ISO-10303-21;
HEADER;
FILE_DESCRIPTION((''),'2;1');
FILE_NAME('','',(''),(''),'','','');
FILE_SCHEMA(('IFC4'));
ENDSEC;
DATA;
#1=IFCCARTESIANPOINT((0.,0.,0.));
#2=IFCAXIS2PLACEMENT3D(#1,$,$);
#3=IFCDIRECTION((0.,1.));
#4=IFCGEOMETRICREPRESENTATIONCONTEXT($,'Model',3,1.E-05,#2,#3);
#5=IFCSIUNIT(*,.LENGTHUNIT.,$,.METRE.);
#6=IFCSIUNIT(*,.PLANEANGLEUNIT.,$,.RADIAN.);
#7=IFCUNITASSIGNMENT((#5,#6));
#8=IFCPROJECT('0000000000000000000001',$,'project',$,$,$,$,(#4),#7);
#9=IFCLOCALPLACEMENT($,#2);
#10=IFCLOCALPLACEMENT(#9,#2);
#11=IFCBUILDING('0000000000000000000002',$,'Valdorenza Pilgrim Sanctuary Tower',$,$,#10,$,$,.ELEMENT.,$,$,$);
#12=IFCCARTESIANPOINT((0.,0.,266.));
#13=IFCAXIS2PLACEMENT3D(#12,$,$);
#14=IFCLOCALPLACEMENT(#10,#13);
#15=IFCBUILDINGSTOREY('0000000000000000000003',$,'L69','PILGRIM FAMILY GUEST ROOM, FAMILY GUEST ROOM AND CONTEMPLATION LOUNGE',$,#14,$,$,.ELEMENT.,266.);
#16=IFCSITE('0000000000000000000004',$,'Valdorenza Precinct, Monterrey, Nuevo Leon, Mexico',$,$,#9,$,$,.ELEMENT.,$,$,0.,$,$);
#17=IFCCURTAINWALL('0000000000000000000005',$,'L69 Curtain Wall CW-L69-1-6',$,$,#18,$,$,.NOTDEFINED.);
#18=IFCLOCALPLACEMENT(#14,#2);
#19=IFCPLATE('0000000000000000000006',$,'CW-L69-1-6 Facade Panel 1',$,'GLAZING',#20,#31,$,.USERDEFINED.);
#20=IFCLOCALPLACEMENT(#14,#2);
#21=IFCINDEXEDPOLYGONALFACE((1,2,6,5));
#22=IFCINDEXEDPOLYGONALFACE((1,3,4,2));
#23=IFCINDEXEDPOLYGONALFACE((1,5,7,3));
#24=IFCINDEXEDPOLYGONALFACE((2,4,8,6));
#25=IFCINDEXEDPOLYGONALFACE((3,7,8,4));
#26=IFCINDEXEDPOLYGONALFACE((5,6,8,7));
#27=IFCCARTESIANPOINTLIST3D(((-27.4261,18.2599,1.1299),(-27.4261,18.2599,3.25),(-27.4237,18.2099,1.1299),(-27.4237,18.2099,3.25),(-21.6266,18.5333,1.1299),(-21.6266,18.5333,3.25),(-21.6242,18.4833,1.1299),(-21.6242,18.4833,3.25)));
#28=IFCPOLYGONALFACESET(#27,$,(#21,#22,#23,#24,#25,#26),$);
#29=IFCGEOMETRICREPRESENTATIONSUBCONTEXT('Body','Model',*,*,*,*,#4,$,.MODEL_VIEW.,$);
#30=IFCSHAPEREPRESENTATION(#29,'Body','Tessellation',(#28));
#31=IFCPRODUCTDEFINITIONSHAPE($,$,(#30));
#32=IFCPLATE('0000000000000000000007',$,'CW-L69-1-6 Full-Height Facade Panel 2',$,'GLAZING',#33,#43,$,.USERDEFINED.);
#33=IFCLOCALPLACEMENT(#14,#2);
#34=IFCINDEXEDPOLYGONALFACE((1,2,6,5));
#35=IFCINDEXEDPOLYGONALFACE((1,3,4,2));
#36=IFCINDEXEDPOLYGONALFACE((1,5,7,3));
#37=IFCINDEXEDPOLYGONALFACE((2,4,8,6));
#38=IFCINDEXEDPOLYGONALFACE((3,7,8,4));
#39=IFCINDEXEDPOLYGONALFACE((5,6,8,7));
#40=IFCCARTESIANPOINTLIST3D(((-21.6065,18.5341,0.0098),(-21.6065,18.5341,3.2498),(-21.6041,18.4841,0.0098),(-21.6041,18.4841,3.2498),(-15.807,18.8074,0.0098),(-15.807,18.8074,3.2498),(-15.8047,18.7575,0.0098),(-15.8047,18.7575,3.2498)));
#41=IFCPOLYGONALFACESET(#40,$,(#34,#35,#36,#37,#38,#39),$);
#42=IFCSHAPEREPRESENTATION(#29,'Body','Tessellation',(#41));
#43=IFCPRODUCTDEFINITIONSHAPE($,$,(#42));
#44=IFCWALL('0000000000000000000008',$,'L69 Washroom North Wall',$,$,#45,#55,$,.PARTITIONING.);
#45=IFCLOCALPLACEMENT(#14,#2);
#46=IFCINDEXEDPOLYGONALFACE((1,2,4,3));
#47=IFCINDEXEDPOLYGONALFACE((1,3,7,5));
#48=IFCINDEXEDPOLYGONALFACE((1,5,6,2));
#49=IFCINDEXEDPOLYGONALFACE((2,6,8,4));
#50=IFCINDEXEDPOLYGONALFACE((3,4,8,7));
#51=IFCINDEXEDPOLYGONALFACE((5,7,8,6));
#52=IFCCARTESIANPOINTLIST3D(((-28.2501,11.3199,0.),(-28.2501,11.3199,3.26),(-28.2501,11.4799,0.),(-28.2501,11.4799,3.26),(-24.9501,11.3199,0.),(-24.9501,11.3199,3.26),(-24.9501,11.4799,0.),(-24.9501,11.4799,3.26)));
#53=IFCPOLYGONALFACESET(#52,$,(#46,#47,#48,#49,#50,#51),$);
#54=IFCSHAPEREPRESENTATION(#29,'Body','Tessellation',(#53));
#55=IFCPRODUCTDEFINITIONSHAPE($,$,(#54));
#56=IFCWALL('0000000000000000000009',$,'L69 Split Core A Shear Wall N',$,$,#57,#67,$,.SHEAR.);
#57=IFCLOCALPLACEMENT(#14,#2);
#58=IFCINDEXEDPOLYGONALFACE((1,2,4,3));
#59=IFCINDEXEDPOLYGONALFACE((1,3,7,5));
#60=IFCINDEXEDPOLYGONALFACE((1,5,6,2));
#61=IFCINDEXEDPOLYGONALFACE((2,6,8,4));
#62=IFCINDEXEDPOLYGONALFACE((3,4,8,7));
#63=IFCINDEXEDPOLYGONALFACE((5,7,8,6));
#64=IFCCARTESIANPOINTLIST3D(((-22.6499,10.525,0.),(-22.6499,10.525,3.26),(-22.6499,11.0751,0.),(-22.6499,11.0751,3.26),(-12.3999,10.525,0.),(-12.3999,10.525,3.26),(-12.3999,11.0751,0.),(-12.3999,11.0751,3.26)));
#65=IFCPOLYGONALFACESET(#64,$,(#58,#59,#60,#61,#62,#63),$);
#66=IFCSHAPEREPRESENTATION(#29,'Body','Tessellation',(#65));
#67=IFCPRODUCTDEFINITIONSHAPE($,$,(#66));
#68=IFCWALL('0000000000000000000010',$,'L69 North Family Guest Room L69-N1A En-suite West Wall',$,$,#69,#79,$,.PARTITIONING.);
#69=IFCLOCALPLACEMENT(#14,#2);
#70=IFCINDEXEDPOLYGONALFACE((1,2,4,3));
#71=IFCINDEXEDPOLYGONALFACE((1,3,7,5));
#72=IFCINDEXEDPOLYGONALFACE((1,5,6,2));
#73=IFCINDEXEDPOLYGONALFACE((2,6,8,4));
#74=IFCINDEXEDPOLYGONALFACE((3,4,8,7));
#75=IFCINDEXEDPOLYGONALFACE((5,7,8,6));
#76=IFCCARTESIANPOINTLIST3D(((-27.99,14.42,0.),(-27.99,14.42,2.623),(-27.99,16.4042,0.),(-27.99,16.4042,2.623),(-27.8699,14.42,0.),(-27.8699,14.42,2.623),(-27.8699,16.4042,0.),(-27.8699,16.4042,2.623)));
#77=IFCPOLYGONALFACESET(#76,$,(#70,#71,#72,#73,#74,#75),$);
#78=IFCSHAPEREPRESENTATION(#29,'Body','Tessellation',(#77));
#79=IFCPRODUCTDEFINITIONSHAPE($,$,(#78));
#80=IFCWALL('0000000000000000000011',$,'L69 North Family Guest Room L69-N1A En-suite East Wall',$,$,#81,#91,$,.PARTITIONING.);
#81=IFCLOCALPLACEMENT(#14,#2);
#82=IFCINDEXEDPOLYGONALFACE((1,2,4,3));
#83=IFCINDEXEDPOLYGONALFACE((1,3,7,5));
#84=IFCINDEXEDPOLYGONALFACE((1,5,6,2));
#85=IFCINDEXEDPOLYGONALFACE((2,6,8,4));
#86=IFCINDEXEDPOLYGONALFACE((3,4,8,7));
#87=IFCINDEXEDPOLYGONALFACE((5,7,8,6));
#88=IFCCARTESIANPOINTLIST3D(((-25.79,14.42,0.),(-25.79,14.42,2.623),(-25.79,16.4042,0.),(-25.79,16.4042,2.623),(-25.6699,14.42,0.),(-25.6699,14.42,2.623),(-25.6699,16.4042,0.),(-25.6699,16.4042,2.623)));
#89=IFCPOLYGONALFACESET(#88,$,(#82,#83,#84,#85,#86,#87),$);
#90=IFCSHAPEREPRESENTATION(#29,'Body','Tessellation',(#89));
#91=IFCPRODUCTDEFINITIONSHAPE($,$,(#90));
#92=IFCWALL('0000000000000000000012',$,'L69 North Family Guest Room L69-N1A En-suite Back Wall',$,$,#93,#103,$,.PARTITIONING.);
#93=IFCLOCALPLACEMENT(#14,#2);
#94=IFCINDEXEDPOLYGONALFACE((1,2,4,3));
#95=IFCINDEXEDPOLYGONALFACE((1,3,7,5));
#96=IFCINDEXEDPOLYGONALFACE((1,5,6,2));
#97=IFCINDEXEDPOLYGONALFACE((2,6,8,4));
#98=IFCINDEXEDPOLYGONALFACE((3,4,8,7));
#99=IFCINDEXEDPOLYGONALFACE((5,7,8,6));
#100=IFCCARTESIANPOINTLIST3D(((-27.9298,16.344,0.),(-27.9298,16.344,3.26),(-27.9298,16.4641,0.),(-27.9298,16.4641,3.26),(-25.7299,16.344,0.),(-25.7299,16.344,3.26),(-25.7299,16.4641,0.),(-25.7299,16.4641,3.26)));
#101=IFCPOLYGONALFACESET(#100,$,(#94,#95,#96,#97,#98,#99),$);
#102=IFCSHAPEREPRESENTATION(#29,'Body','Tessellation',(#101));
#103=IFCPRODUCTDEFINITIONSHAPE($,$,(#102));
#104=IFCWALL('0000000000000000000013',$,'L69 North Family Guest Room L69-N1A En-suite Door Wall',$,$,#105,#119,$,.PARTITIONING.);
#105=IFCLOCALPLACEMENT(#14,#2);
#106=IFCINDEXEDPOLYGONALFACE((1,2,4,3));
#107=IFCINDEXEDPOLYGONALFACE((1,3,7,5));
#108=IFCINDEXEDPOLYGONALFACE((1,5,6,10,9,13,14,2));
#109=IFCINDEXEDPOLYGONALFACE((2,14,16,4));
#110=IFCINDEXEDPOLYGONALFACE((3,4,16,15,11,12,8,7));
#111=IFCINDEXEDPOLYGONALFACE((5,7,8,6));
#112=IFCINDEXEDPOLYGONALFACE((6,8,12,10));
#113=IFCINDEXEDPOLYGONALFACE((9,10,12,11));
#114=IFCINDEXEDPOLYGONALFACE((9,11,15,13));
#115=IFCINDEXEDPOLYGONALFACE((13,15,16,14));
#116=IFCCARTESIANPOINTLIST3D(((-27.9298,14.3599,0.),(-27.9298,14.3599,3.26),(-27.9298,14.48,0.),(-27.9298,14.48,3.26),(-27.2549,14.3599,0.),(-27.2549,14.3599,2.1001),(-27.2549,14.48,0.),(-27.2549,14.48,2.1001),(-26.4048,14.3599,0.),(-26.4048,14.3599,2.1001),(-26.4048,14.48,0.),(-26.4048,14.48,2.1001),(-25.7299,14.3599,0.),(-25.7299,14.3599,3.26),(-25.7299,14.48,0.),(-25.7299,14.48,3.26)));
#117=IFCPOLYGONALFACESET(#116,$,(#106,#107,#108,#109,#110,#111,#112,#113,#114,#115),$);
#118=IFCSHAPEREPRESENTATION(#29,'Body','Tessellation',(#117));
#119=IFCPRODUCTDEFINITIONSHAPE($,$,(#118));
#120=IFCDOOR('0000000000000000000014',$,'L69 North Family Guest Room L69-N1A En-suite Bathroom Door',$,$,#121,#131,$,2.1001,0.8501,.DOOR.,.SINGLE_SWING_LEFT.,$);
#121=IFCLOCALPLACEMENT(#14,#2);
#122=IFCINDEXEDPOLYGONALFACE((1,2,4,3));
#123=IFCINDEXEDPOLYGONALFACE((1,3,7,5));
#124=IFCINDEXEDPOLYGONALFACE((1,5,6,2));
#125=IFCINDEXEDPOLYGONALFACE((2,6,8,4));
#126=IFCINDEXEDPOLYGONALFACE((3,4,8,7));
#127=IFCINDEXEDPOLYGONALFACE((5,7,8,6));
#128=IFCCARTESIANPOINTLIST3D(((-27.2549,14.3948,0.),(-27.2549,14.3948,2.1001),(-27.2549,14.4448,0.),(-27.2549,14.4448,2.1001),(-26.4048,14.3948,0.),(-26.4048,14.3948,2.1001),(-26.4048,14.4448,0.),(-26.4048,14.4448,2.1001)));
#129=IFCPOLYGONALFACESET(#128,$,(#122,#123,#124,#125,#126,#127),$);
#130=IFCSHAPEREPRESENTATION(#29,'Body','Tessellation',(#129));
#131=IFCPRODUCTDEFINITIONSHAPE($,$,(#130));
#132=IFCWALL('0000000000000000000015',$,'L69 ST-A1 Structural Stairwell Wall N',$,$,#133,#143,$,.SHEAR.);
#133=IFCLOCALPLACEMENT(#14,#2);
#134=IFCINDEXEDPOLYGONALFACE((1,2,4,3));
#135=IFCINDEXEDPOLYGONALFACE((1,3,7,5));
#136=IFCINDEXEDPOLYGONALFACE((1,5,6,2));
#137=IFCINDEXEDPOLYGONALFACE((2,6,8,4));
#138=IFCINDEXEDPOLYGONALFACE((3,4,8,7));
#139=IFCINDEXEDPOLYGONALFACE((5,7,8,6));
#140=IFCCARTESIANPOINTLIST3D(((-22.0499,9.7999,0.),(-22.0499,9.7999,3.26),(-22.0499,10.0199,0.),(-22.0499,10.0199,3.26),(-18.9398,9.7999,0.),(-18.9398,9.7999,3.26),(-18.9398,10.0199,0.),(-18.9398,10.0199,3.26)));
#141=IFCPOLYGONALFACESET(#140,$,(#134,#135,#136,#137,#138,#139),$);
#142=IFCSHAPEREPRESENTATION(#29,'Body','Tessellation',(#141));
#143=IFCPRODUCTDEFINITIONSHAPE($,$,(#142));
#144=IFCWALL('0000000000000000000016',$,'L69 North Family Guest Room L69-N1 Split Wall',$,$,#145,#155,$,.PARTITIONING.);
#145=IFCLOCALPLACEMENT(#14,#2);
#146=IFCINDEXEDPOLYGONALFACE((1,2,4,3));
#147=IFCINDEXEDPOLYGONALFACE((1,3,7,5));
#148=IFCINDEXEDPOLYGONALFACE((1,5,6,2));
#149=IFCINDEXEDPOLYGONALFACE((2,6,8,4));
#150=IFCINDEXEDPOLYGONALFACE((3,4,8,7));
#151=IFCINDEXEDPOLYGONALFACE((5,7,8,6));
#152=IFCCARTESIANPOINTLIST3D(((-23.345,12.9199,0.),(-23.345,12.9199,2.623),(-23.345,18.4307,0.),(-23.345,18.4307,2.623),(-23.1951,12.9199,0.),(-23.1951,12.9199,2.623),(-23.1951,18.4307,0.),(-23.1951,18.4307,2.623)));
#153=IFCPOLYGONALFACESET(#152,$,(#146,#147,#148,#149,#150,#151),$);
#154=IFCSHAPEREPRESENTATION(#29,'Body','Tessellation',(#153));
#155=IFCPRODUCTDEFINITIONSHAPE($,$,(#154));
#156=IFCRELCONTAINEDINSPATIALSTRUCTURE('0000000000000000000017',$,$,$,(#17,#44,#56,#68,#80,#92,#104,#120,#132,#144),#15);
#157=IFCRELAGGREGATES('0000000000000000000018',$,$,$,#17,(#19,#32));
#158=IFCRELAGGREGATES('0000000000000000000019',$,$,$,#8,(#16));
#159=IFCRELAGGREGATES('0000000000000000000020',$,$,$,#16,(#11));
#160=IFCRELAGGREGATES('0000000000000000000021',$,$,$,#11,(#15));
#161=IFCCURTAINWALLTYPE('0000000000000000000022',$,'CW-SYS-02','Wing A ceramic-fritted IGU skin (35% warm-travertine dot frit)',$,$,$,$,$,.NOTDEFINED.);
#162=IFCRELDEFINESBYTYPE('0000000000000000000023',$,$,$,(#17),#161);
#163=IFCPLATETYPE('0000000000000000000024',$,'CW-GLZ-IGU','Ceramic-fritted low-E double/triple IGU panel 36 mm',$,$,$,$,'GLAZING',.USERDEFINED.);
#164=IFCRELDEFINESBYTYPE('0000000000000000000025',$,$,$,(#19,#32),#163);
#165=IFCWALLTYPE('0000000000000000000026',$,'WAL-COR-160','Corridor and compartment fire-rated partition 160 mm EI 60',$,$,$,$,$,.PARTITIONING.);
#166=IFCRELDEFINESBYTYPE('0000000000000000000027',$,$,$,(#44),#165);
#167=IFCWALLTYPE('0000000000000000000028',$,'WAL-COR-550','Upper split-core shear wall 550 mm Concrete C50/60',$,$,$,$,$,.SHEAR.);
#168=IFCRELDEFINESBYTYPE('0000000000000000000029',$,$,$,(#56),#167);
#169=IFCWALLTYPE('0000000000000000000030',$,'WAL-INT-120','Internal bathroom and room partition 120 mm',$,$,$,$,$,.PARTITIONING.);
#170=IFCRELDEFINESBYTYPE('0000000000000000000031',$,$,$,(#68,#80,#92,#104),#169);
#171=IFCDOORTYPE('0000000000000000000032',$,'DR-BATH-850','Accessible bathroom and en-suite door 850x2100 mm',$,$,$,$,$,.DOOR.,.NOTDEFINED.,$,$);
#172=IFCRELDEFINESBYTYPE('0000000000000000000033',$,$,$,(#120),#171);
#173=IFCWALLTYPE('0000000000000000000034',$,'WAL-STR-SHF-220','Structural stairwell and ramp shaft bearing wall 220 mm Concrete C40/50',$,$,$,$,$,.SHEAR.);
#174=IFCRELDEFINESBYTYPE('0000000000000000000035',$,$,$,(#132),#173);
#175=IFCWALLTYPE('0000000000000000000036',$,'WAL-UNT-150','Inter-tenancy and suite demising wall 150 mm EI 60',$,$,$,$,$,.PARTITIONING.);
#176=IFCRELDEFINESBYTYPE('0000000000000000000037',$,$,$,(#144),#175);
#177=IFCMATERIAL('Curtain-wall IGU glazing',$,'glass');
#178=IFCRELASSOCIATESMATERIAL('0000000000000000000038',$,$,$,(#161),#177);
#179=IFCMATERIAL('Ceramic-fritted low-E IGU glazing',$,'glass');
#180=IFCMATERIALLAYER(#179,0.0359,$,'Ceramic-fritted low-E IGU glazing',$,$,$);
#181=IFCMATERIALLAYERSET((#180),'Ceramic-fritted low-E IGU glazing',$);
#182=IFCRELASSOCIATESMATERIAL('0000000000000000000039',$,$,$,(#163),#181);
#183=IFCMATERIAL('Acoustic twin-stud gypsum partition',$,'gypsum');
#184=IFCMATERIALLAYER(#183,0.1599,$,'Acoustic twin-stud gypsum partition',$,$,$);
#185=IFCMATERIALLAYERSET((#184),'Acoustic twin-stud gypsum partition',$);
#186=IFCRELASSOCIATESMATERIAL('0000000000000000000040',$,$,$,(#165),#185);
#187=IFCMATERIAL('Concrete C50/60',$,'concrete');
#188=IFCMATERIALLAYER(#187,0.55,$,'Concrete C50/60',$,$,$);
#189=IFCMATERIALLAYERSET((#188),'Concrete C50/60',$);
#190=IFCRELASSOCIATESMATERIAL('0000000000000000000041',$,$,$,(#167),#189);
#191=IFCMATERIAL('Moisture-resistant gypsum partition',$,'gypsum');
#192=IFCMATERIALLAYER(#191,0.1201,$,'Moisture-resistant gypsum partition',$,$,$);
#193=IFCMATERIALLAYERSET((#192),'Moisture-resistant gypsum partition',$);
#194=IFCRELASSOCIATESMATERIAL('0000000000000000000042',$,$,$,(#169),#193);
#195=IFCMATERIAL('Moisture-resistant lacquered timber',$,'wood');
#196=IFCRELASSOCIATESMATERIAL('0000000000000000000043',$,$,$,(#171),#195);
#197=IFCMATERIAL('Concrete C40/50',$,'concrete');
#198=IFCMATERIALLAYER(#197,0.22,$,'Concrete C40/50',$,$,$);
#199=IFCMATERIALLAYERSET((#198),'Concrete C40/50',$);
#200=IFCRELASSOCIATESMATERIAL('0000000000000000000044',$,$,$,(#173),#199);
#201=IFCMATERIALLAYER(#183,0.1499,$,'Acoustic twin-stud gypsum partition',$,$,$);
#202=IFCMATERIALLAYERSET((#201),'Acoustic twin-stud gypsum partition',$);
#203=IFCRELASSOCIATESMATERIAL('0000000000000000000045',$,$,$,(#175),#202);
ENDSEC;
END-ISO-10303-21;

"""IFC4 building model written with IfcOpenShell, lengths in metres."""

from ifc_helpers import new_model, si_unit, direction, frame, frame_2d, origin, origin_2d, place, context, subcontext, project, spatial, rectangle, extrude, source, transform, mapped, material, layer, layer_set, type_object, element, fill, aggregate, save


model = new_model("IFC4")

# Units and contexts
model_context = context("Model", 3, precision=1e-05, world=origin(), true_north=direction((0.0, 1.0)))
body_context = subcontext(model_context, "Body", "Model", "MODEL_VIEW")
ifc_project = project(units=[si_unit("LENGTHUNIT", "METRE"), si_unit("PLANEANGLEUNIT", "RADIAN")], contexts=[model_context])

# Site, building, storey
site_placement = place(None, origin())
site = spatial("IfcSite", under=ifc_project, at=site_placement, Name="Valdorenza Precinct, Monterrey, Nuevo Leon, Mexico", CompositionType="ELEMENT", RefElevation=0.0)
building_placement = place(site_placement, origin())
building = spatial("IfcBuilding", under=site, at=building_placement, Name="Valdorenza Pilgrim Sanctuary Tower", CompositionType="ELEMENT")
storey_placement = place(building_placement, frame((0.0, 0.0, 266.0)))
storey = spatial("IfcBuildingStorey", under=building, at=storey_placement, Name="L69", Description="PILGRIM FAMILY GUEST ROOM, FAMILY GUEST ROOM AND CONTEMPLATION LOUNGE", CompositionType="ELEMENT", Elevation=266.0)

# Shared definitions
ifc_material_1 = material(Name="Concrete C50/60", Category="concrete")

# Curtain wall, plates
ifc_material_2 = material(Name="Curtain-wall IGU glazing", Category="glass")
curtain_wall_type = type_object("IfcCurtainWallType", Name="CW-SYS-02", Description="Wing A ceramic-fritted IGU skin (35% warm-travertine dot frit)", PredefinedType="NOTDEFINED", material=ifc_material_2)
curtain_wall_placement = place(storey_placement, origin())
curtain_wall = element("IfcCurtainWall", 1, at=curtain_wall_placement, inside=storey, type_object=curtain_wall_type, Name="L69 Curtain Wall CW-L69-1-6", PredefinedType="NOTDEFINED")
ifc_material_3 = material(Name="Ceramic-fritted low-E IGU glazing", Category="glass")
ifc_layer_1 = layer(ifc_material_3, 0.0359, Name="Ceramic-fritted low-E IGU glazing")
ifc_layer_set_1 = layer_set([ifc_layer_1], Name="Ceramic-fritted low-E IGU glazing")
plate_type_1 = type_object("IfcPlateType", Name="CW-GLZ-IGU", Description="Ceramic-fritted low-E double/triple IGU panel 36 mm", ElementType="GLAZING", PredefinedType="USERDEFINED", material=ifc_layer_set_1)
shared_shape_1 = source(origin(), body_context, "Body", "SweptSolid", [
    extrude(rectangle(XDim=5.8059, YDim=0.05, at=origin_2d()), origin(), (0.0, 0.0, 1.0), 2.1201),
])
plate_1_placement = place(storey_placement, frame((-24.5251, 18.3716, 1.1299), z_axis=(0.0, 0.0, 1.0), x_axis=(0.998891, 0.047089, 0.0)))
plate_1 = element("IfcPlate", 2, at=plate_1_placement, type_object=plate_type_1, Name="CW-L69-1-6 Facade Panel 1", ObjectType="GLAZING", PredefinedType="USERDEFINED", context=body_context, shape_type="MappedRepresentation", body=[
    mapped(shared_shape_1, transform((0.0, 0.0, 0.0), x_axis=(1.0, 0.0, 0.0), y_axis=(0.0, 1.0, 0.0), z_axis=(0.0, 0.0, 1.0), scale=1.0)),
])
shared_shape_2 = source(origin(), body_context, "Body", "SweptSolid", [
    extrude(rectangle(XDim=5.8059, YDim=0.05, at=origin_2d()), origin(), (0.0, 0.0, 1.0), 3.24),
])
plate_2_placement = place(storey_placement, frame((-18.7056, 18.6458, 0.0098), z_axis=(0.0, 0.0, 1.0), x_axis=(0.998891, 0.047089, 0.0)))
plate_2 = element("IfcPlate", 3, at=plate_2_placement, type_object=plate_type_1, Name="CW-L69-1-6 Full-Height Facade Panel 2", ObjectType="GLAZING", PredefinedType="USERDEFINED", context=body_context, shape_type="MappedRepresentation", body=[
    mapped(shared_shape_2, transform((0.0, 0.0, 0.0), x_axis=(1.0, 0.0, 0.0), y_axis=(0.0, 1.0, 0.0), z_axis=(0.0, 0.0, 1.0), scale=1.0)),
])
aggregate(curtain_wall, [plate_1, plate_2])

# Walls
ifc_material_4 = material(Name="Acoustic twin-stud gypsum partition", Category="gypsum")
ifc_layer_2 = layer(ifc_material_4, 0.1599, Name="Acoustic twin-stud gypsum partition")
ifc_layer_set_2 = layer_set([ifc_layer_2], Name="Acoustic twin-stud gypsum partition")
wall_type_1 = type_object("IfcWallType", Name="WAL-COR-160", Description="Corridor and compartment fire-rated partition 160 mm EI 60", PredefinedType="PARTITIONING", material=ifc_layer_set_2)
wall_1_placement = place(storey_placement, frame((-28.25, 11.3999, 0.0), z_axis=(0.0, 0.0, 1.0), x_axis=(1.0, 0.0, 0.0)))
element("IfcWall", 4, at=wall_1_placement, inside=storey, type_object=wall_type_1, Name="L69 Washroom North Wall", PredefinedType="PARTITIONING", context=body_context, shape_type="SweptSolid", body=[
    extrude(rectangle(XDim=3.3, YDim=0.1599, at=frame_2d((1.6499, 0.0))), origin(), (0.0, 0.0, 1.0), 3.26),
])
ifc_layer_3 = layer(ifc_material_1, 0.55, Name="Concrete C50/60")
ifc_layer_set_3 = layer_set([ifc_layer_3], Name="Concrete C50/60")
wall_type_2 = type_object("IfcWallType", Name="WAL-COR-550", Description="Upper split-core shear wall 550 mm Concrete C50/60", PredefinedType="SHEAR", material=ifc_layer_set_3)
wall_2_placement = place(storey_placement, frame((-22.6499, 10.8, 0.0), z_axis=(0.0, 0.0, 1.0), x_axis=(1.0, 0.0, 0.0)))
element("IfcWall", 5, at=wall_2_placement, inside=storey, type_object=wall_type_2, Name="L69 Split Core A Shear Wall N", PredefinedType="SHEAR", context=body_context, shape_type="SweptSolid", body=[
    extrude(rectangle(XDim=10.25, YDim=0.55, at=frame_2d((5.125, 0.0))), origin(), (0.0, 0.0, 1.0), 3.26),
])
ifc_material_5 = material(Name="Moisture-resistant gypsum partition", Category="gypsum")
ifc_layer_4 = layer(ifc_material_5, 0.1201, Name="Moisture-resistant gypsum partition")
ifc_layer_set_4 = layer_set([ifc_layer_4], Name="Moisture-resistant gypsum partition")
wall_type_3 = type_object("IfcWallType", Name="WAL-INT-120", Description="Internal bathroom and room partition 120 mm", PredefinedType="PARTITIONING", material=ifc_layer_set_4)
for number, where, z_axis, x_axis, name in (
    (6, (-27.9299, 14.4199, 0.0), (0.0, 0.0, 1.0), (0.0, 1.0, 0.0), "L69 North Family Guest Room L69-N1A En-suite West Wall"),
    (7, (-25.73, 14.4199, 0.0), (0.0, 0.0, 1.0), (0.0, 1.0, 0.0), "L69 North Family Guest Room L69-N1A En-suite East Wall"),
):
    element("IfcWall", number, at=place(storey_placement, frame(where, z_axis=z_axis, x_axis=x_axis)), inside=storey, type_object=wall_type_3, Name=name, PredefinedType="PARTITIONING", context=body_context, shape_type="SweptSolid", body=[
        extrude(rectangle(XDim=1.9841, YDim=0.1201, at=frame_2d((0.9922, 0.0))), origin(), (0.0, 0.0, 1.0), 2.623),
    ])
wall_3_placement = place(storey_placement, frame((-27.9299, 16.4041, 0.0), z_axis=(0.0, 0.0, 1.0), x_axis=(1.0, 0.0, 0.0)))
element("IfcWall", 8, at=wall_3_placement, inside=storey, type_object=wall_type_3, Name="L69 North Family Guest Room L69-N1A En-suite Back Wall", PredefinedType="PARTITIONING", context=body_context, shape_type="SweptSolid", body=[
    extrude(rectangle(XDim=2.2, YDim=0.1201, at=frame_2d((1.1001, 0.0))), origin(), (0.0, 0.0, 1.0), 3.26),
])

# Wall, opening, door
wall_4_placement = place(storey_placement, frame((-27.9299, 14.4199, 0.0), z_axis=(0.0, 0.0, 1.0), x_axis=(1.0, 0.0, 0.0)))
wall_4 = element("IfcWall", 9, at=wall_4_placement, inside=storey, type_object=wall_type_3, Name="L69 North Family Guest Room L69-N1A En-suite Door Wall", PredefinedType="PARTITIONING", context=body_context, shape_type="SweptSolid", body=[
    extrude(rectangle(XDim=2.2, YDim=0.1201, at=frame_2d((1.1001, 0.0))), origin(), (0.0, 0.0, 1.0), 3.26),
])
opening_placement = place(wall_4_placement, frame((0.675, 0.0, 0.0)))
opening = element("IfcOpeningElement", 10, at=opening_placement, cuts=wall_4, PredefinedType="OPENING", context=body_context, shape_type="SweptSolid", body=[
    extrude(rectangle(XDim=0.8501, YDim=2.1001, at=frame_2d((0.425, 1.05))), frame((0.0, 0.075, 0.0), z_axis=(0.0, -1.0, 0.0), x_axis=(1.0, 0.0, 0.0)), (0.0, 0.0, 1.0), 0.1499),
])
ifc_material_6 = material(Name="Moisture-resistant lacquered timber", Category="wood")
door_type = type_object("IfcDoorType", Name="DR-BATH-850", Description="Accessible bathroom and en-suite door 850x2100 mm", OperationType="NOTDEFINED", PredefinedType="DOOR", material=ifc_material_6)
door_placement = place(opening_placement, origin())
door = element("IfcDoor", 11, at=door_placement, inside=storey, type_object=door_type, Name="L69 North Family Guest Room L69-N1A En-suite Bathroom Door", OperationType="SINGLE_SWING_LEFT", OverallHeight=2.1001, OverallWidth=0.8501, PredefinedType="DOOR", context=body_context, shape_type="SweptSolid", body=[
    extrude(rectangle(XDim=0.8501, YDim=2.1001, at=frame_2d((0.425, 1.05))), frame((0.0, 0.0249, 0.0), z_axis=(0.0, -1.0, 0.0), x_axis=(1.0, 0.0, 0.0)), (0.0, 0.0, 1.0), 0.05),
])
fill(opening, door)

# Walls
ifc_material_7 = material(Name="Concrete C40/50", Category="concrete")
ifc_layer_5 = layer(ifc_material_7, 0.22, Name="Concrete C40/50")
ifc_layer_set_5 = layer_set([ifc_layer_5], Name="Concrete C40/50")
wall_type_4 = type_object("IfcWallType", Name="WAL-STR-SHF-220", Description="Structural stairwell and ramp shaft bearing wall 220 mm Concrete C40/50", PredefinedType="SHEAR", material=ifc_layer_set_5)
wall_5_placement = place(storey_placement, frame((-22.05, 9.9099, 0.0), z_axis=(0.0, 0.0, 1.0), x_axis=(1.0, 0.0, 0.0)))
element("IfcWall", 12, at=wall_5_placement, inside=storey, type_object=wall_type_4, Name="L69 ST-A1 Structural Stairwell Wall N", PredefinedType="SHEAR", context=body_context, shape_type="SweptSolid", body=[
    extrude(rectangle(XDim=3.1101, YDim=0.22, at=frame_2d((1.5552, 0.0))), origin(), (0.0, 0.0, 1.0), 3.26),
])
ifc_layer_6 = layer(ifc_material_4, 0.1499, Name="Acoustic twin-stud gypsum partition")
ifc_layer_set_6 = layer_set([ifc_layer_6], Name="Acoustic twin-stud gypsum partition")
wall_type_5 = type_object("IfcWallType", Name="WAL-UNT-150", Description="Inter-tenancy and suite demising wall 150 mm EI 60", PredefinedType="PARTITIONING", material=ifc_layer_set_6)
wall_6_placement = place(storey_placement, frame((-23.27, 12.9199, 0.0), z_axis=(0.0, 0.0, 1.0), x_axis=(0.0, 1.0, 0.0)))
element("IfcWall", 13, at=wall_6_placement, inside=storey, type_object=wall_type_5, Name="L69 North Family Guest Room L69-N1 Split Wall", PredefinedType="PARTITIONING", context=body_context, shape_type="SweptSolid", body=[
    extrude(rectangle(XDim=5.5107, YDim=0.1499, at=frame_2d((2.7554, 0.0))), origin(), (0.0, 0.0, 1.0), 2.623),
])

save(model, "model.ifc")
